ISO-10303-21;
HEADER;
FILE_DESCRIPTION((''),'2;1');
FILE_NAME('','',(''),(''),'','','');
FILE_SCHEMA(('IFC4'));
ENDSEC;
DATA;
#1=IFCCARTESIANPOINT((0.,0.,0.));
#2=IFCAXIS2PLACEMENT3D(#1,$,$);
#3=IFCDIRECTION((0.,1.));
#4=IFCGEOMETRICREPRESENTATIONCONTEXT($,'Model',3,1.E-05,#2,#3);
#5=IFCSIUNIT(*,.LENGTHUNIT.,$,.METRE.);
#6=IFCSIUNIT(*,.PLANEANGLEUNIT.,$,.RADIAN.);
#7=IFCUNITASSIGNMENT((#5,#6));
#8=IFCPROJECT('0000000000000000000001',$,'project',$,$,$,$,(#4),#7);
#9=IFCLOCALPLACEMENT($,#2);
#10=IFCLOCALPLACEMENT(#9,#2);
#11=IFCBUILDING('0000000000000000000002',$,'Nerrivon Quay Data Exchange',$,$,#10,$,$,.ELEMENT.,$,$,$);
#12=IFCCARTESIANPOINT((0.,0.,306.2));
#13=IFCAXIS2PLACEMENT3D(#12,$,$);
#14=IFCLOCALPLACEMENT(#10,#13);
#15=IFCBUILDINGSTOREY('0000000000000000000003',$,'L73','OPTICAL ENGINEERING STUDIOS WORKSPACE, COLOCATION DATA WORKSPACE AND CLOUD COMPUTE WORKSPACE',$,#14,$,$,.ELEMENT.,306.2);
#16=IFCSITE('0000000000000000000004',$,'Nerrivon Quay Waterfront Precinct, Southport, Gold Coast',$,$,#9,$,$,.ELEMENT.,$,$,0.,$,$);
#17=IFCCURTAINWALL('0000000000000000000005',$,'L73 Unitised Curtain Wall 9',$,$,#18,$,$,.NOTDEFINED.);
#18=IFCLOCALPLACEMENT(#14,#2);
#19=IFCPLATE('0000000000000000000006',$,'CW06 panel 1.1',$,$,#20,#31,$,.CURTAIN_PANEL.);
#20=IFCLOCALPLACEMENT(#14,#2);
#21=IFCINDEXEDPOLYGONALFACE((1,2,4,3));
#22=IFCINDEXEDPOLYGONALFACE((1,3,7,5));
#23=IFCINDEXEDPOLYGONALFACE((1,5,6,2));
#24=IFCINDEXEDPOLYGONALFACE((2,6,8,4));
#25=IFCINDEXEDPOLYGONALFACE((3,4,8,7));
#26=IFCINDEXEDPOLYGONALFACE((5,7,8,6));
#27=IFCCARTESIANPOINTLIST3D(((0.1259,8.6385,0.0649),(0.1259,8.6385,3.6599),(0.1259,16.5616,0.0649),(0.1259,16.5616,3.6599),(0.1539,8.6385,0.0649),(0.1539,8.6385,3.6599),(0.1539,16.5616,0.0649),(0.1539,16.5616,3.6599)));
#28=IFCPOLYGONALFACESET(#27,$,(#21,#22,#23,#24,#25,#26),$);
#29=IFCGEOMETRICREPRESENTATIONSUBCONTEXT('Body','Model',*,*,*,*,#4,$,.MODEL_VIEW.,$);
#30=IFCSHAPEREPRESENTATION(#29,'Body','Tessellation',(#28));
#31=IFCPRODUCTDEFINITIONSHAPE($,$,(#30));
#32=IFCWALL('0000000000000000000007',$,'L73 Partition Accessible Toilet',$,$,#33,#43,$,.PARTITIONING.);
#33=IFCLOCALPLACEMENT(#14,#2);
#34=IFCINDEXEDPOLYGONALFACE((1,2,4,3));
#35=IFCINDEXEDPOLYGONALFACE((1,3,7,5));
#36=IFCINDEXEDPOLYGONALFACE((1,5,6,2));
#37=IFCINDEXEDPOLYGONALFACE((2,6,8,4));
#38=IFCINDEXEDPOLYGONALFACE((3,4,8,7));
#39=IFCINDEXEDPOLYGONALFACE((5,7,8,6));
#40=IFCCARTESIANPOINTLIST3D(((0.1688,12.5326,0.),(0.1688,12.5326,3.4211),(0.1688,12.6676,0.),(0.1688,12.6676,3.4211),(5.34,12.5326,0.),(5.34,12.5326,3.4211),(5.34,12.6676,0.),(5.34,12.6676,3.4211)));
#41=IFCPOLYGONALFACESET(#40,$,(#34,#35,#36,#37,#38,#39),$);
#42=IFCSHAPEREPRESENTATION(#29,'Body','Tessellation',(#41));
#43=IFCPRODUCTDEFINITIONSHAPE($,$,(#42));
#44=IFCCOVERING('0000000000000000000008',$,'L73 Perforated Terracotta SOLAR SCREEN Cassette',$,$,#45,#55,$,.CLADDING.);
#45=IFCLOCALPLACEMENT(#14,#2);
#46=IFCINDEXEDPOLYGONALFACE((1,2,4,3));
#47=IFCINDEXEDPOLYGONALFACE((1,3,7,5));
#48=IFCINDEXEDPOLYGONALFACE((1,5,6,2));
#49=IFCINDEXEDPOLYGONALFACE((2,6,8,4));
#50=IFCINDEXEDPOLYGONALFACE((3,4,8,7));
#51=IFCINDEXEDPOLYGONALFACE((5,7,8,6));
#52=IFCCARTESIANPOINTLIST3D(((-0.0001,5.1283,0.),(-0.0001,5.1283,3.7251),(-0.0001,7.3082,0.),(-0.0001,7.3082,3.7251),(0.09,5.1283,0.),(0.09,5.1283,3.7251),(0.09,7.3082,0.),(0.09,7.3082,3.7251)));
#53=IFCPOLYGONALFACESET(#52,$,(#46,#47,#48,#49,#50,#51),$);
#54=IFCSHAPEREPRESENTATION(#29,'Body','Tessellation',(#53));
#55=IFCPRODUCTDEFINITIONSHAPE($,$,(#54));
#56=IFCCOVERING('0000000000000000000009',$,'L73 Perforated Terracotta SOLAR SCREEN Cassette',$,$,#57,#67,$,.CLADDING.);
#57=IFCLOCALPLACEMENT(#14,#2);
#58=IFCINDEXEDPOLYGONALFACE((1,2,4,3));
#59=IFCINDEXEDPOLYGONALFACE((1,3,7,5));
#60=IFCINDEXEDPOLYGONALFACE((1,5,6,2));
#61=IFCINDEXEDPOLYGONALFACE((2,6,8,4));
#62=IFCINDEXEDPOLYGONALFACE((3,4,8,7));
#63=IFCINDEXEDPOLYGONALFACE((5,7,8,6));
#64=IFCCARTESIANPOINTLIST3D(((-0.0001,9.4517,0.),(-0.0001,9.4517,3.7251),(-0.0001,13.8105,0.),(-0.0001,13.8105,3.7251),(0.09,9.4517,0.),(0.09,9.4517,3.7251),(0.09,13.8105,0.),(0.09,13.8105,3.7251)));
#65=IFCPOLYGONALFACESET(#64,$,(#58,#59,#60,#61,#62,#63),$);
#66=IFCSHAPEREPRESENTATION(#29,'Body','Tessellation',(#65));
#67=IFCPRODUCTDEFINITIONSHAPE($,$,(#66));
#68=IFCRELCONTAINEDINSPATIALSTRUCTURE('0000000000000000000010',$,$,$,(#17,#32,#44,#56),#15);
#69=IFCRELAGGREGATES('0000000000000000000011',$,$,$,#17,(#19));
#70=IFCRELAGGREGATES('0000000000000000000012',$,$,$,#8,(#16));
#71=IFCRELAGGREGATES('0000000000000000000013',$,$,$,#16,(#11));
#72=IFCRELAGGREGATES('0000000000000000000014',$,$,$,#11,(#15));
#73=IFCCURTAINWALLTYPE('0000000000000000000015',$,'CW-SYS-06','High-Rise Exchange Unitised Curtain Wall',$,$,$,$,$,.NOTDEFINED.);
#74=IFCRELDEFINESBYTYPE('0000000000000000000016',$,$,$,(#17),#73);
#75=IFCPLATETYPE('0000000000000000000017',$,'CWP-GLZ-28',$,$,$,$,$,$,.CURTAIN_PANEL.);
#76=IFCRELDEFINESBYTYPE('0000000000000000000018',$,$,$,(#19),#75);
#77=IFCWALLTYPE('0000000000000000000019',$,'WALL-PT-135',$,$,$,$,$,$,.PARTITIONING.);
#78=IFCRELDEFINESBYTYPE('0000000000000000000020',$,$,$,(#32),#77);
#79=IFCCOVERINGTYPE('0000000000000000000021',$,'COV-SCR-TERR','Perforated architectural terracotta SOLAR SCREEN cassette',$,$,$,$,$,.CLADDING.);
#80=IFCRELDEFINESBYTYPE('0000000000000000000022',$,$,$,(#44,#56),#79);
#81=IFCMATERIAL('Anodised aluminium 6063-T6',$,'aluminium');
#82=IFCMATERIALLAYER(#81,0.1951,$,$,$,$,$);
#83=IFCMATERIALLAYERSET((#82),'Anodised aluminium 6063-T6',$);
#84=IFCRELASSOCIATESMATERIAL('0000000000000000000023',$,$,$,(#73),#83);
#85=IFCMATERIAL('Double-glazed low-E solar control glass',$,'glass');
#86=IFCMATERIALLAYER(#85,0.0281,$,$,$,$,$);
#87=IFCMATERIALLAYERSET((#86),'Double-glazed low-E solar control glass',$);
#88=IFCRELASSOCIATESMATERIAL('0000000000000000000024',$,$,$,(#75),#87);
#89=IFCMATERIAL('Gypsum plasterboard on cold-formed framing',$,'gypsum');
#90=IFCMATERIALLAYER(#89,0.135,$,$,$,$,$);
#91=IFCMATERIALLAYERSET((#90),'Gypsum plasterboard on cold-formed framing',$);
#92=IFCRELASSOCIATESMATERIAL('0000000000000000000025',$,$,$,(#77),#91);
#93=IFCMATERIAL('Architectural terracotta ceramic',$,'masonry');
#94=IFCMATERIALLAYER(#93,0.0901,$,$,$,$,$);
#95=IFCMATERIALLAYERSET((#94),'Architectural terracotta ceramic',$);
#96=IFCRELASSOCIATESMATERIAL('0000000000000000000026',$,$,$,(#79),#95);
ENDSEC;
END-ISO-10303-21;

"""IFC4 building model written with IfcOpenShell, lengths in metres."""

from ifc_helpers import new_model, si_unit, direction, frame, frame_2d, origin, origin_2d, place, context, subcontext, project, spatial, rectangle, extrude, material, layer, layer_set, type_object, element, aggregate, save


model = new_model("IFC4")

# Units and contexts
model_context = context("Model", 3, precision=1e-05, world=origin(), true_north=direction((0.0, 1.0)))
body_context = subcontext(model_context, "Body", "Model", "MODEL_VIEW")
ifc_project = project(units=[si_unit("LENGTHUNIT", "METRE"), si_unit("PLANEANGLEUNIT", "RADIAN")], contexts=[model_context])

# Site, building, storey
site_placement = place(None, origin())
site = spatial("IfcSite", under=ifc_project, at=site_placement, Name="Nerrivon Quay Waterfront Precinct, Southport, Gold Coast", CompositionType="ELEMENT", RefElevation=0.0)
building_placement = place(site_placement, origin())
building = spatial("IfcBuilding", under=site, at=building_placement, Name="Nerrivon Quay Data Exchange", CompositionType="ELEMENT")
storey_placement = place(building_placement, frame((0.0, 0.0, 306.2)))
storey = spatial("IfcBuildingStorey", under=building, at=storey_placement, Name="L73", Description="OPTICAL ENGINEERING STUDIOS WORKSPACE, COLOCATION DATA WORKSPACE AND CLOUD COMPUTE WORKSPACE", CompositionType="ELEMENT", Elevation=306.2)

# Shared definitions
ifc_material_1 = material(Name="Anodised aluminium 6063-T6", Category="aluminium")
ifc_layer_1 = layer(ifc_material_1, 0.1951)
ifc_layer_set_1 = layer_set([ifc_layer_1], Name="Anodised aluminium 6063-T6")
curtain_wall_type = type_object("IfcCurtainWallType", Name="CW-SYS-06", Description="High-Rise Exchange Unitised Curtain Wall", PredefinedType="NOTDEFINED", material=ifc_layer_set_1)

# Curtain wall
curtain_wall_1_placement = place(storey_placement, origin())
curtain_wall_1 = element("IfcCurtainWall", 1, at=curtain_wall_1_placement, inside=storey, type_object=curtain_wall_type, Name="L73 Unitised Curtain Wall 9", PredefinedType="NOTDEFINED")

# Plate
ifc_material_2 = material(Name="Double-glazed low-E solar control glass", Category="glass")
ifc_layer_2 = layer(ifc_material_2, 0.0281)
ifc_layer_set_2 = layer_set([ifc_layer_2], Name="Double-glazed low-E solar control glass")
plate_type = type_object("IfcPlateType", Name="CWP-GLZ-28", PredefinedType="CURTAIN_PANEL", material=ifc_layer_set_2)
plate_1_placement = place(storey_placement, frame((0.1399, 12.6001, 0.0649), z_axis=(0.0, 0.0, 1.0), x_axis=(0.0, 1.0, 0.0)))
plate_1 = element("IfcPlate", 2, at=plate_1_placement, type_object=plate_type, Name="CW06 panel 1.1", PredefinedType="CURTAIN_PANEL", context=body_context, shape_type="SweptSolid", body=[
    extrude(rectangle(XDim=7.9231, YDim=0.0281, at=origin_2d()), origin(), (0.0, 0.0, 1.0), 3.595),
])
aggregate(curtain_wall_1, [plate_1])

# Wall
ifc_material_3 = material(Name="Gypsum plasterboard on cold-formed framing", Category="gypsum")
ifc_layer_3 = layer(ifc_material_3, 0.135)
ifc_layer_set_3 = layer_set([ifc_layer_3], Name="Gypsum plasterboard on cold-formed framing")
wall_type = type_object("IfcWallType", Name="WALL-PT-135", PredefinedType="PARTITIONING", material=ifc_layer_set_3)
wall_placement = place(storey_placement, frame((0.1689, 12.6001, 0.0), z_axis=(0.0, 0.0, 1.0), x_axis=(1.0, 0.0, 0.0)))
element("IfcWall", 3, at=wall_placement, inside=storey, type_object=wall_type, Name="L73 Partition Accessible Toilet", PredefinedType="PARTITIONING", context=body_context, shape_type="SweptSolid", body=[
    extrude(rectangle(XDim=5.1711, YDim=0.135, at=frame_2d((2.5854, 0.0))), origin(), (0.0, 0.0, 1.0), 3.4211),
])

# Coverings
ifc_material_4 = material(Name="Architectural terracotta ceramic", Category="masonry")
ifc_layer_4 = layer(ifc_material_4, 0.0901)
ifc_layer_set_4 = layer_set([ifc_layer_4], Name="Architectural terracotta ceramic")
covering_type = type_object("IfcCoveringType", Name="COV-SCR-TERR", Description="Perforated architectural terracotta SOLAR SCREEN cassette", PredefinedType="CLADDING", material=ifc_layer_set_4)
covering_1_placement = place(storey_placement, frame((0.0449, 6.2183, 0.0), z_axis=(0.0, 0.0, 1.0), x_axis=(0.0, 1.0, 0.0)))
element("IfcCovering", 4, at=covering_1_placement, inside=storey, type_object=covering_type, Name="L73 Perforated Terracotta SOLAR SCREEN Cassette", PredefinedType="CLADDING", context=body_context, shape_type="SweptSolid", body=[
    extrude(rectangle(XDim=2.1799, YDim=0.0901, at=origin_2d()), origin(), (0.0, 0.0, 1.0), 3.7251),
])
covering_2_placement = place(storey_placement, frame((0.0449, 11.6311, 0.0), z_axis=(0.0, 0.0, 1.0), x_axis=(0.0, 1.0, 0.0)))
element("IfcCovering", 5, at=covering_2_placement, inside=storey, type_object=covering_type, Name="L73 Perforated Terracotta SOLAR SCREEN Cassette", PredefinedType="CLADDING", context=body_context, shape_type="SweptSolid", body=[
    extrude(rectangle(XDim=4.3589, YDim=0.0901, at=origin_2d()), origin(), (0.0, 0.0, 1.0), 3.7251),
])

save(model, "model.ifc")
